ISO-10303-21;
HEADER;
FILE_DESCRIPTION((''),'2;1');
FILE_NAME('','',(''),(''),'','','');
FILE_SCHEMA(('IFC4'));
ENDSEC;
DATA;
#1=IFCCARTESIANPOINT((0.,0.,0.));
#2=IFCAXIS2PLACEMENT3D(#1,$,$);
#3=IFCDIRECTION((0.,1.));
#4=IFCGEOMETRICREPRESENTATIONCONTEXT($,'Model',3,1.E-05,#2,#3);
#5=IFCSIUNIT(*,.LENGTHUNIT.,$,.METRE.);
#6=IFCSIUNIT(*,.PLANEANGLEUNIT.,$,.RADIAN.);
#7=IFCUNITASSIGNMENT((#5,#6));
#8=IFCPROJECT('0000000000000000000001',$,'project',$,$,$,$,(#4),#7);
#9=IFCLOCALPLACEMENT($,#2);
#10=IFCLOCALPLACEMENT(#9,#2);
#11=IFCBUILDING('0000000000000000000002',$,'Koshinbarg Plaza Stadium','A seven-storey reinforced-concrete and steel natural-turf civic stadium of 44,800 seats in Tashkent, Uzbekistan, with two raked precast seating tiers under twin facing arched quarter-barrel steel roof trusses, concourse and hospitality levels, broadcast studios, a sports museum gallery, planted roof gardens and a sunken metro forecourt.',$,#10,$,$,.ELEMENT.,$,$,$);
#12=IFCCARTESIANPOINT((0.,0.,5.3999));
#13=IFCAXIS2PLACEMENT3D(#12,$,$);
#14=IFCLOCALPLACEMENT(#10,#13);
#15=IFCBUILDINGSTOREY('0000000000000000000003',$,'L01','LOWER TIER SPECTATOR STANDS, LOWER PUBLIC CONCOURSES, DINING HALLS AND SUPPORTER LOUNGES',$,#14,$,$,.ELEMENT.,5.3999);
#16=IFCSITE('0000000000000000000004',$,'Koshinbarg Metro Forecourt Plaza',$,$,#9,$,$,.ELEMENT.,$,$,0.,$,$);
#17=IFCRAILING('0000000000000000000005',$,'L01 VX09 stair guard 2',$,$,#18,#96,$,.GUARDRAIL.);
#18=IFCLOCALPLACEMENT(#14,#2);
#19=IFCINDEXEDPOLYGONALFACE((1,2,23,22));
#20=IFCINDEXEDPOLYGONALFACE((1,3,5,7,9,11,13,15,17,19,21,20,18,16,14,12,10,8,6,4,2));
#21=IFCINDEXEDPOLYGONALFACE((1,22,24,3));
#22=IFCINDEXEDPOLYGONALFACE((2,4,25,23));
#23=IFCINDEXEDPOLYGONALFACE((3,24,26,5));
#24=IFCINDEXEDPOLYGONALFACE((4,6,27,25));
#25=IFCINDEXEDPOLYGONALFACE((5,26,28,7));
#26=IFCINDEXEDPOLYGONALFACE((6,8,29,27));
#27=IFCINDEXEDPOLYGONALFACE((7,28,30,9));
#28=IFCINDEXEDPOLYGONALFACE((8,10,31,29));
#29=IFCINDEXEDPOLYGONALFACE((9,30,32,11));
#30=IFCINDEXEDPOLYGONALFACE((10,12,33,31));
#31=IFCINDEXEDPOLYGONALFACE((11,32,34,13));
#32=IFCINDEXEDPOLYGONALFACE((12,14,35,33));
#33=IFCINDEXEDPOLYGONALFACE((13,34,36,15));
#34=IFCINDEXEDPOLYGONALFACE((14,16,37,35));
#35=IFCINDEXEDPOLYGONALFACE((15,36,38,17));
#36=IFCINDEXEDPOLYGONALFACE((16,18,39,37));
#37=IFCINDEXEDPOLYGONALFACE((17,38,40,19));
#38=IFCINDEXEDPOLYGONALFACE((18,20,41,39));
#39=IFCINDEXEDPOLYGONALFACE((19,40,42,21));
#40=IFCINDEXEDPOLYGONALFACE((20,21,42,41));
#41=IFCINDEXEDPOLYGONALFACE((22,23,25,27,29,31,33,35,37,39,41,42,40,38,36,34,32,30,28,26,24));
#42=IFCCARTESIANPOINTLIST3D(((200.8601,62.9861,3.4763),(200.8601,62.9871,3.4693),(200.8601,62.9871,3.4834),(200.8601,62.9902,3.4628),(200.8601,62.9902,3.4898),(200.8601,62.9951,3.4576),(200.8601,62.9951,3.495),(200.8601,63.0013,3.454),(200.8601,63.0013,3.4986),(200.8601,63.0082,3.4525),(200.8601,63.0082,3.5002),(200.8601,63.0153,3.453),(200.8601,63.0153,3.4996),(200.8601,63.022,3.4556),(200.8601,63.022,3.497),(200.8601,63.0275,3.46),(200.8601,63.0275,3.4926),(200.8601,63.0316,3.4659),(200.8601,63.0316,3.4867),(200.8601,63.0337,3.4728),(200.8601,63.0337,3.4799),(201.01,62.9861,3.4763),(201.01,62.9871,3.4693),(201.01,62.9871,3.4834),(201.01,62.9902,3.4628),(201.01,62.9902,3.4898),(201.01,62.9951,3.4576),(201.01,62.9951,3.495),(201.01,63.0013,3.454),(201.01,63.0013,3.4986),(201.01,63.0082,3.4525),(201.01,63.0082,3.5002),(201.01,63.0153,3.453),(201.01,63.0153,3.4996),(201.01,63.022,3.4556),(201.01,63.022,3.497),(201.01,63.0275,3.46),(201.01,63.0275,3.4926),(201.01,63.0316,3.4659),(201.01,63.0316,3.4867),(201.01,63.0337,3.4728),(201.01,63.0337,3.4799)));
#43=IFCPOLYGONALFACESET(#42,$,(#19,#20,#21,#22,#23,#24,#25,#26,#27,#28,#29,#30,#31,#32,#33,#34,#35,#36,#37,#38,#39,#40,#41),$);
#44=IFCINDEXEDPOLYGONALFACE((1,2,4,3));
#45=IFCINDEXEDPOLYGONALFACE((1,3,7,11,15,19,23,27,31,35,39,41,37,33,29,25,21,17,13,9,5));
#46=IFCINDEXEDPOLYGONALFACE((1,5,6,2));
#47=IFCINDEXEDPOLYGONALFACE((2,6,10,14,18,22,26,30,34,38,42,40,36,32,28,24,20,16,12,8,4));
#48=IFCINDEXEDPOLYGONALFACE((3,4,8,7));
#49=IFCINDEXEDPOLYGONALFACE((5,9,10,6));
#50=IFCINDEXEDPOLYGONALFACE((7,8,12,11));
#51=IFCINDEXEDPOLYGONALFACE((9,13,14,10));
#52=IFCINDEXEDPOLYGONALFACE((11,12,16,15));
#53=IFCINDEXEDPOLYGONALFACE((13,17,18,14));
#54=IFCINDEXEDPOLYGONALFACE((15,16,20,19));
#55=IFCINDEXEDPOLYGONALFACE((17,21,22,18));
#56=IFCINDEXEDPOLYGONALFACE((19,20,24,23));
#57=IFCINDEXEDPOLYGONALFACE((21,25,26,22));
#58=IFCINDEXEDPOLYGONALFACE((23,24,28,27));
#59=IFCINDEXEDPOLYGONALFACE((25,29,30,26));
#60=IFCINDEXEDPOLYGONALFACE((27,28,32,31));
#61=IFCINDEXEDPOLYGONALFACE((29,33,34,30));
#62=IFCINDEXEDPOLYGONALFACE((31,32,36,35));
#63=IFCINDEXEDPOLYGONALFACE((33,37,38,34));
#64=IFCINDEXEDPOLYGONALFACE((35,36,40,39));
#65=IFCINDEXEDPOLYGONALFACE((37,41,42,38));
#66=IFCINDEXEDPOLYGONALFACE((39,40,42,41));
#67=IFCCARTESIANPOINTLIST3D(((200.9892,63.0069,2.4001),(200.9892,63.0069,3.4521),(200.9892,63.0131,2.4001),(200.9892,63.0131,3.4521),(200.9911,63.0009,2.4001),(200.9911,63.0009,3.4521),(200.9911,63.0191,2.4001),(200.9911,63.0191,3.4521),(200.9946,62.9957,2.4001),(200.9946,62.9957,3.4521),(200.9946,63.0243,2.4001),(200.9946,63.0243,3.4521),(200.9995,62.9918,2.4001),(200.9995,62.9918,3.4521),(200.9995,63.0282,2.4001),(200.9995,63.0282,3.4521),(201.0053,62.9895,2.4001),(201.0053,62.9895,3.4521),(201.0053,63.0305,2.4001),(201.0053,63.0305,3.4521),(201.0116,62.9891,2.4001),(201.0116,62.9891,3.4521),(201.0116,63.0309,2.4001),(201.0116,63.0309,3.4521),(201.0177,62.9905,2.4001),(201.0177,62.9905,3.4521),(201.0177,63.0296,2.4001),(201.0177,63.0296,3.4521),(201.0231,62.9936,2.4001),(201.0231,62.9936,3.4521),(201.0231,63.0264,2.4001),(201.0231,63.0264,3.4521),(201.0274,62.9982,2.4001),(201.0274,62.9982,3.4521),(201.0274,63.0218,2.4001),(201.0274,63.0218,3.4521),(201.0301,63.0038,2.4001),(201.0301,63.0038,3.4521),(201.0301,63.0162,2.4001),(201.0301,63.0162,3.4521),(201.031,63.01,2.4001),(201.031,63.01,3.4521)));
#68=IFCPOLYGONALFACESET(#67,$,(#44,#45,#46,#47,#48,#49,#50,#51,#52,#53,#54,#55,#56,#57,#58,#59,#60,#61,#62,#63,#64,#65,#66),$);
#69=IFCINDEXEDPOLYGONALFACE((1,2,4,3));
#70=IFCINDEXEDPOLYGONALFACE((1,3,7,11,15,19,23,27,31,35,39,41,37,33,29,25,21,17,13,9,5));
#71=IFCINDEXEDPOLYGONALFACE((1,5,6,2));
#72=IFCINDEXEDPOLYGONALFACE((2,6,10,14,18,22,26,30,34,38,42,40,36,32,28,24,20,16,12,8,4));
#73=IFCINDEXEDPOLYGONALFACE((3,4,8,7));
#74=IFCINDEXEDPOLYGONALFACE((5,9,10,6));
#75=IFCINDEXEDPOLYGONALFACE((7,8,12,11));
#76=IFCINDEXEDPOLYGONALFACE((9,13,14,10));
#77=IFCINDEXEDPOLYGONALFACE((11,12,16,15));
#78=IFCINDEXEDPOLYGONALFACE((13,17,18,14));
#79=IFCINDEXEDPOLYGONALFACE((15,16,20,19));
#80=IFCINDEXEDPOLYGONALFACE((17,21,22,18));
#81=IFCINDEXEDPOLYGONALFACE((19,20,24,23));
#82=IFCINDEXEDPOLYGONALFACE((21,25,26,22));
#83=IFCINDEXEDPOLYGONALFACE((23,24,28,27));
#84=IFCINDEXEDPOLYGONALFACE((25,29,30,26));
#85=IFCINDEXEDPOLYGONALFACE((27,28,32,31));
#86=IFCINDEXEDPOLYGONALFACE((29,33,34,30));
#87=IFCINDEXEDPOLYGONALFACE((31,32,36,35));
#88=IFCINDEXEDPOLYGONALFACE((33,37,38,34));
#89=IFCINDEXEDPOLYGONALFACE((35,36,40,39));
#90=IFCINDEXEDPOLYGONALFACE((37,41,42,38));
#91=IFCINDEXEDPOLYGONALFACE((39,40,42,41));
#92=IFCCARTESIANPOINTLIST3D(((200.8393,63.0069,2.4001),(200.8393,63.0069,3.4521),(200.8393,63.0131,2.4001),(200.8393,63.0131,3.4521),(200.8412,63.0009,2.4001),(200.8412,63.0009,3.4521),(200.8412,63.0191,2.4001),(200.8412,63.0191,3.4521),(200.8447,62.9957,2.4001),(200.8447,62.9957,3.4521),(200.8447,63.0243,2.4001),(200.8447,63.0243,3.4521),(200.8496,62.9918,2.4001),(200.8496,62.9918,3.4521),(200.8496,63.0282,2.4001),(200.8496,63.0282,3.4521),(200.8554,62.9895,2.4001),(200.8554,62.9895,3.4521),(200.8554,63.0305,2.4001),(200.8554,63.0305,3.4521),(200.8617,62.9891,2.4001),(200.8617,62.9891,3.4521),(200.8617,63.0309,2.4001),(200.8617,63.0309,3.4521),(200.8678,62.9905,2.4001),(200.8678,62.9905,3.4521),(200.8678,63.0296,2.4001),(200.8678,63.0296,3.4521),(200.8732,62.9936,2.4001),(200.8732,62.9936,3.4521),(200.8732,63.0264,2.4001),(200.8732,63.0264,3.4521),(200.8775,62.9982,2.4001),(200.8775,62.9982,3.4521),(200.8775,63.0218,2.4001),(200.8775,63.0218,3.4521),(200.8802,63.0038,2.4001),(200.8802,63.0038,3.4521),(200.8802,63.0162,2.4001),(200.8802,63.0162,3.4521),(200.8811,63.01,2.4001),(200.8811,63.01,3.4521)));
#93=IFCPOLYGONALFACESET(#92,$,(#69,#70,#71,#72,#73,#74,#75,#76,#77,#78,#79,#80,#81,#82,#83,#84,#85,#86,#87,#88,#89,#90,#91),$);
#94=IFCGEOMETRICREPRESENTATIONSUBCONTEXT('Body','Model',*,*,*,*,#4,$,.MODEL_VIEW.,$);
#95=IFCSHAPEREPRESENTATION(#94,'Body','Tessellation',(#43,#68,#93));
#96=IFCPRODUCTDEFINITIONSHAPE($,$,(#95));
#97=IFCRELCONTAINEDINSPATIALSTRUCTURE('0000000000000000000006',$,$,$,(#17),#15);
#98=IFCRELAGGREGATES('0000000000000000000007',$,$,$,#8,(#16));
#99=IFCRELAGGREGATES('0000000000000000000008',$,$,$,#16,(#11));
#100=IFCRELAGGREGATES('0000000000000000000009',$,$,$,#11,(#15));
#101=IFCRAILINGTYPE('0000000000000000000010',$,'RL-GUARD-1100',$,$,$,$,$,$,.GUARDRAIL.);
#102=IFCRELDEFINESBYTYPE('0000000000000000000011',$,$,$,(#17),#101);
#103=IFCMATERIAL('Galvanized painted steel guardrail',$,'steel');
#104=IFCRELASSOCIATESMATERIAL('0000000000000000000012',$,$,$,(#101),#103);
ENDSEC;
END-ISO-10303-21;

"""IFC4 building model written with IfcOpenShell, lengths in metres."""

from ifc_helpers import new_model, si_unit, direction, frame, origin, origin_2d, place, context, subcontext, project, spatial, circle, extrude, material, type_object, element, save


model = new_model("IFC4")

# Units and contexts
model_context = context("Model", 3, precision=1e-05, world=origin(), true_north=direction((0.0, 1.0)))
body_context = subcontext(model_context, "Body", "Model", "MODEL_VIEW")
ifc_project = project(units=[si_unit("LENGTHUNIT", "METRE"), si_unit("PLANEANGLEUNIT", "RADIAN")], contexts=[model_context])

# Site, building, storey
site_placement = place(None, origin())
site = spatial("IfcSite", under=ifc_project, at=site_placement, Name="Koshinbarg Metro Forecourt Plaza", CompositionType="ELEMENT", RefElevation=0.0)
building_placement = place(site_placement, origin())
building = spatial("IfcBuilding", under=site, at=building_placement, Name="Koshinbarg Plaza Stadium", Description="A seven-storey reinforced-concrete and steel natural-turf civic stadium of 44,800 seats in Tashkent, Uzbekistan, with two raked precast seating tiers under twin facing arched quarter-barrel steel roof trusses, concourse and hospitality levels, broadcast studios, a sports museum gallery, planted roof gardens and a sunken metro forecourt.", CompositionType="ELEMENT")
storey_placement = place(building_placement, frame((0.0, 0.0, 5.3999)))
storey = spatial("IfcBuildingStorey", under=building, at=storey_placement, Name="L01", Description="LOWER TIER SPECTATOR STANDS, LOWER PUBLIC CONCOURSES, DINING HALLS AND SUPPORTER LOUNGES", CompositionType="ELEMENT", Elevation=5.3999)

# Railing
ifc_material_1 = material(Name="Galvanized painted steel guardrail", Category="steel")
railing_type_1 = type_object("IfcRailingType", Name="RL-GUARD-1100", PredefinedType="GUARDRAIL", material=ifc_material_1)
railing_1_placement = place(storey_placement, frame((201.01, 63.01, 2.4001)))
element("IfcRailing", 1, at=railing_1_placement, inside=storey, type_object=railing_type_1, Name="L01 VX09 stair guard 2", PredefinedType="GUARDRAIL", context=body_context, shape_type="SweptSolid", body=[
    extrude(circle(Radius=0.0239, at=origin_2d()), frame((0.0, 0.0, 1.0762), z_axis=(-1.0, 0.0, 0.0), x_axis=(0.0, -1.0, 0.0)), (0.0, 0.0, 1.0), 0.1499),
    extrude(circle(Radius=0.021, at=origin_2d()), origin(), (0.0, 0.0, 1.0), 1.052),
    extrude(circle(Radius=0.021, at=origin_2d()), frame((-0.1499, 0.0, 0.0)), (0.0, 0.0, 1.0), 1.052),
])

save(model, "model.ifc")
